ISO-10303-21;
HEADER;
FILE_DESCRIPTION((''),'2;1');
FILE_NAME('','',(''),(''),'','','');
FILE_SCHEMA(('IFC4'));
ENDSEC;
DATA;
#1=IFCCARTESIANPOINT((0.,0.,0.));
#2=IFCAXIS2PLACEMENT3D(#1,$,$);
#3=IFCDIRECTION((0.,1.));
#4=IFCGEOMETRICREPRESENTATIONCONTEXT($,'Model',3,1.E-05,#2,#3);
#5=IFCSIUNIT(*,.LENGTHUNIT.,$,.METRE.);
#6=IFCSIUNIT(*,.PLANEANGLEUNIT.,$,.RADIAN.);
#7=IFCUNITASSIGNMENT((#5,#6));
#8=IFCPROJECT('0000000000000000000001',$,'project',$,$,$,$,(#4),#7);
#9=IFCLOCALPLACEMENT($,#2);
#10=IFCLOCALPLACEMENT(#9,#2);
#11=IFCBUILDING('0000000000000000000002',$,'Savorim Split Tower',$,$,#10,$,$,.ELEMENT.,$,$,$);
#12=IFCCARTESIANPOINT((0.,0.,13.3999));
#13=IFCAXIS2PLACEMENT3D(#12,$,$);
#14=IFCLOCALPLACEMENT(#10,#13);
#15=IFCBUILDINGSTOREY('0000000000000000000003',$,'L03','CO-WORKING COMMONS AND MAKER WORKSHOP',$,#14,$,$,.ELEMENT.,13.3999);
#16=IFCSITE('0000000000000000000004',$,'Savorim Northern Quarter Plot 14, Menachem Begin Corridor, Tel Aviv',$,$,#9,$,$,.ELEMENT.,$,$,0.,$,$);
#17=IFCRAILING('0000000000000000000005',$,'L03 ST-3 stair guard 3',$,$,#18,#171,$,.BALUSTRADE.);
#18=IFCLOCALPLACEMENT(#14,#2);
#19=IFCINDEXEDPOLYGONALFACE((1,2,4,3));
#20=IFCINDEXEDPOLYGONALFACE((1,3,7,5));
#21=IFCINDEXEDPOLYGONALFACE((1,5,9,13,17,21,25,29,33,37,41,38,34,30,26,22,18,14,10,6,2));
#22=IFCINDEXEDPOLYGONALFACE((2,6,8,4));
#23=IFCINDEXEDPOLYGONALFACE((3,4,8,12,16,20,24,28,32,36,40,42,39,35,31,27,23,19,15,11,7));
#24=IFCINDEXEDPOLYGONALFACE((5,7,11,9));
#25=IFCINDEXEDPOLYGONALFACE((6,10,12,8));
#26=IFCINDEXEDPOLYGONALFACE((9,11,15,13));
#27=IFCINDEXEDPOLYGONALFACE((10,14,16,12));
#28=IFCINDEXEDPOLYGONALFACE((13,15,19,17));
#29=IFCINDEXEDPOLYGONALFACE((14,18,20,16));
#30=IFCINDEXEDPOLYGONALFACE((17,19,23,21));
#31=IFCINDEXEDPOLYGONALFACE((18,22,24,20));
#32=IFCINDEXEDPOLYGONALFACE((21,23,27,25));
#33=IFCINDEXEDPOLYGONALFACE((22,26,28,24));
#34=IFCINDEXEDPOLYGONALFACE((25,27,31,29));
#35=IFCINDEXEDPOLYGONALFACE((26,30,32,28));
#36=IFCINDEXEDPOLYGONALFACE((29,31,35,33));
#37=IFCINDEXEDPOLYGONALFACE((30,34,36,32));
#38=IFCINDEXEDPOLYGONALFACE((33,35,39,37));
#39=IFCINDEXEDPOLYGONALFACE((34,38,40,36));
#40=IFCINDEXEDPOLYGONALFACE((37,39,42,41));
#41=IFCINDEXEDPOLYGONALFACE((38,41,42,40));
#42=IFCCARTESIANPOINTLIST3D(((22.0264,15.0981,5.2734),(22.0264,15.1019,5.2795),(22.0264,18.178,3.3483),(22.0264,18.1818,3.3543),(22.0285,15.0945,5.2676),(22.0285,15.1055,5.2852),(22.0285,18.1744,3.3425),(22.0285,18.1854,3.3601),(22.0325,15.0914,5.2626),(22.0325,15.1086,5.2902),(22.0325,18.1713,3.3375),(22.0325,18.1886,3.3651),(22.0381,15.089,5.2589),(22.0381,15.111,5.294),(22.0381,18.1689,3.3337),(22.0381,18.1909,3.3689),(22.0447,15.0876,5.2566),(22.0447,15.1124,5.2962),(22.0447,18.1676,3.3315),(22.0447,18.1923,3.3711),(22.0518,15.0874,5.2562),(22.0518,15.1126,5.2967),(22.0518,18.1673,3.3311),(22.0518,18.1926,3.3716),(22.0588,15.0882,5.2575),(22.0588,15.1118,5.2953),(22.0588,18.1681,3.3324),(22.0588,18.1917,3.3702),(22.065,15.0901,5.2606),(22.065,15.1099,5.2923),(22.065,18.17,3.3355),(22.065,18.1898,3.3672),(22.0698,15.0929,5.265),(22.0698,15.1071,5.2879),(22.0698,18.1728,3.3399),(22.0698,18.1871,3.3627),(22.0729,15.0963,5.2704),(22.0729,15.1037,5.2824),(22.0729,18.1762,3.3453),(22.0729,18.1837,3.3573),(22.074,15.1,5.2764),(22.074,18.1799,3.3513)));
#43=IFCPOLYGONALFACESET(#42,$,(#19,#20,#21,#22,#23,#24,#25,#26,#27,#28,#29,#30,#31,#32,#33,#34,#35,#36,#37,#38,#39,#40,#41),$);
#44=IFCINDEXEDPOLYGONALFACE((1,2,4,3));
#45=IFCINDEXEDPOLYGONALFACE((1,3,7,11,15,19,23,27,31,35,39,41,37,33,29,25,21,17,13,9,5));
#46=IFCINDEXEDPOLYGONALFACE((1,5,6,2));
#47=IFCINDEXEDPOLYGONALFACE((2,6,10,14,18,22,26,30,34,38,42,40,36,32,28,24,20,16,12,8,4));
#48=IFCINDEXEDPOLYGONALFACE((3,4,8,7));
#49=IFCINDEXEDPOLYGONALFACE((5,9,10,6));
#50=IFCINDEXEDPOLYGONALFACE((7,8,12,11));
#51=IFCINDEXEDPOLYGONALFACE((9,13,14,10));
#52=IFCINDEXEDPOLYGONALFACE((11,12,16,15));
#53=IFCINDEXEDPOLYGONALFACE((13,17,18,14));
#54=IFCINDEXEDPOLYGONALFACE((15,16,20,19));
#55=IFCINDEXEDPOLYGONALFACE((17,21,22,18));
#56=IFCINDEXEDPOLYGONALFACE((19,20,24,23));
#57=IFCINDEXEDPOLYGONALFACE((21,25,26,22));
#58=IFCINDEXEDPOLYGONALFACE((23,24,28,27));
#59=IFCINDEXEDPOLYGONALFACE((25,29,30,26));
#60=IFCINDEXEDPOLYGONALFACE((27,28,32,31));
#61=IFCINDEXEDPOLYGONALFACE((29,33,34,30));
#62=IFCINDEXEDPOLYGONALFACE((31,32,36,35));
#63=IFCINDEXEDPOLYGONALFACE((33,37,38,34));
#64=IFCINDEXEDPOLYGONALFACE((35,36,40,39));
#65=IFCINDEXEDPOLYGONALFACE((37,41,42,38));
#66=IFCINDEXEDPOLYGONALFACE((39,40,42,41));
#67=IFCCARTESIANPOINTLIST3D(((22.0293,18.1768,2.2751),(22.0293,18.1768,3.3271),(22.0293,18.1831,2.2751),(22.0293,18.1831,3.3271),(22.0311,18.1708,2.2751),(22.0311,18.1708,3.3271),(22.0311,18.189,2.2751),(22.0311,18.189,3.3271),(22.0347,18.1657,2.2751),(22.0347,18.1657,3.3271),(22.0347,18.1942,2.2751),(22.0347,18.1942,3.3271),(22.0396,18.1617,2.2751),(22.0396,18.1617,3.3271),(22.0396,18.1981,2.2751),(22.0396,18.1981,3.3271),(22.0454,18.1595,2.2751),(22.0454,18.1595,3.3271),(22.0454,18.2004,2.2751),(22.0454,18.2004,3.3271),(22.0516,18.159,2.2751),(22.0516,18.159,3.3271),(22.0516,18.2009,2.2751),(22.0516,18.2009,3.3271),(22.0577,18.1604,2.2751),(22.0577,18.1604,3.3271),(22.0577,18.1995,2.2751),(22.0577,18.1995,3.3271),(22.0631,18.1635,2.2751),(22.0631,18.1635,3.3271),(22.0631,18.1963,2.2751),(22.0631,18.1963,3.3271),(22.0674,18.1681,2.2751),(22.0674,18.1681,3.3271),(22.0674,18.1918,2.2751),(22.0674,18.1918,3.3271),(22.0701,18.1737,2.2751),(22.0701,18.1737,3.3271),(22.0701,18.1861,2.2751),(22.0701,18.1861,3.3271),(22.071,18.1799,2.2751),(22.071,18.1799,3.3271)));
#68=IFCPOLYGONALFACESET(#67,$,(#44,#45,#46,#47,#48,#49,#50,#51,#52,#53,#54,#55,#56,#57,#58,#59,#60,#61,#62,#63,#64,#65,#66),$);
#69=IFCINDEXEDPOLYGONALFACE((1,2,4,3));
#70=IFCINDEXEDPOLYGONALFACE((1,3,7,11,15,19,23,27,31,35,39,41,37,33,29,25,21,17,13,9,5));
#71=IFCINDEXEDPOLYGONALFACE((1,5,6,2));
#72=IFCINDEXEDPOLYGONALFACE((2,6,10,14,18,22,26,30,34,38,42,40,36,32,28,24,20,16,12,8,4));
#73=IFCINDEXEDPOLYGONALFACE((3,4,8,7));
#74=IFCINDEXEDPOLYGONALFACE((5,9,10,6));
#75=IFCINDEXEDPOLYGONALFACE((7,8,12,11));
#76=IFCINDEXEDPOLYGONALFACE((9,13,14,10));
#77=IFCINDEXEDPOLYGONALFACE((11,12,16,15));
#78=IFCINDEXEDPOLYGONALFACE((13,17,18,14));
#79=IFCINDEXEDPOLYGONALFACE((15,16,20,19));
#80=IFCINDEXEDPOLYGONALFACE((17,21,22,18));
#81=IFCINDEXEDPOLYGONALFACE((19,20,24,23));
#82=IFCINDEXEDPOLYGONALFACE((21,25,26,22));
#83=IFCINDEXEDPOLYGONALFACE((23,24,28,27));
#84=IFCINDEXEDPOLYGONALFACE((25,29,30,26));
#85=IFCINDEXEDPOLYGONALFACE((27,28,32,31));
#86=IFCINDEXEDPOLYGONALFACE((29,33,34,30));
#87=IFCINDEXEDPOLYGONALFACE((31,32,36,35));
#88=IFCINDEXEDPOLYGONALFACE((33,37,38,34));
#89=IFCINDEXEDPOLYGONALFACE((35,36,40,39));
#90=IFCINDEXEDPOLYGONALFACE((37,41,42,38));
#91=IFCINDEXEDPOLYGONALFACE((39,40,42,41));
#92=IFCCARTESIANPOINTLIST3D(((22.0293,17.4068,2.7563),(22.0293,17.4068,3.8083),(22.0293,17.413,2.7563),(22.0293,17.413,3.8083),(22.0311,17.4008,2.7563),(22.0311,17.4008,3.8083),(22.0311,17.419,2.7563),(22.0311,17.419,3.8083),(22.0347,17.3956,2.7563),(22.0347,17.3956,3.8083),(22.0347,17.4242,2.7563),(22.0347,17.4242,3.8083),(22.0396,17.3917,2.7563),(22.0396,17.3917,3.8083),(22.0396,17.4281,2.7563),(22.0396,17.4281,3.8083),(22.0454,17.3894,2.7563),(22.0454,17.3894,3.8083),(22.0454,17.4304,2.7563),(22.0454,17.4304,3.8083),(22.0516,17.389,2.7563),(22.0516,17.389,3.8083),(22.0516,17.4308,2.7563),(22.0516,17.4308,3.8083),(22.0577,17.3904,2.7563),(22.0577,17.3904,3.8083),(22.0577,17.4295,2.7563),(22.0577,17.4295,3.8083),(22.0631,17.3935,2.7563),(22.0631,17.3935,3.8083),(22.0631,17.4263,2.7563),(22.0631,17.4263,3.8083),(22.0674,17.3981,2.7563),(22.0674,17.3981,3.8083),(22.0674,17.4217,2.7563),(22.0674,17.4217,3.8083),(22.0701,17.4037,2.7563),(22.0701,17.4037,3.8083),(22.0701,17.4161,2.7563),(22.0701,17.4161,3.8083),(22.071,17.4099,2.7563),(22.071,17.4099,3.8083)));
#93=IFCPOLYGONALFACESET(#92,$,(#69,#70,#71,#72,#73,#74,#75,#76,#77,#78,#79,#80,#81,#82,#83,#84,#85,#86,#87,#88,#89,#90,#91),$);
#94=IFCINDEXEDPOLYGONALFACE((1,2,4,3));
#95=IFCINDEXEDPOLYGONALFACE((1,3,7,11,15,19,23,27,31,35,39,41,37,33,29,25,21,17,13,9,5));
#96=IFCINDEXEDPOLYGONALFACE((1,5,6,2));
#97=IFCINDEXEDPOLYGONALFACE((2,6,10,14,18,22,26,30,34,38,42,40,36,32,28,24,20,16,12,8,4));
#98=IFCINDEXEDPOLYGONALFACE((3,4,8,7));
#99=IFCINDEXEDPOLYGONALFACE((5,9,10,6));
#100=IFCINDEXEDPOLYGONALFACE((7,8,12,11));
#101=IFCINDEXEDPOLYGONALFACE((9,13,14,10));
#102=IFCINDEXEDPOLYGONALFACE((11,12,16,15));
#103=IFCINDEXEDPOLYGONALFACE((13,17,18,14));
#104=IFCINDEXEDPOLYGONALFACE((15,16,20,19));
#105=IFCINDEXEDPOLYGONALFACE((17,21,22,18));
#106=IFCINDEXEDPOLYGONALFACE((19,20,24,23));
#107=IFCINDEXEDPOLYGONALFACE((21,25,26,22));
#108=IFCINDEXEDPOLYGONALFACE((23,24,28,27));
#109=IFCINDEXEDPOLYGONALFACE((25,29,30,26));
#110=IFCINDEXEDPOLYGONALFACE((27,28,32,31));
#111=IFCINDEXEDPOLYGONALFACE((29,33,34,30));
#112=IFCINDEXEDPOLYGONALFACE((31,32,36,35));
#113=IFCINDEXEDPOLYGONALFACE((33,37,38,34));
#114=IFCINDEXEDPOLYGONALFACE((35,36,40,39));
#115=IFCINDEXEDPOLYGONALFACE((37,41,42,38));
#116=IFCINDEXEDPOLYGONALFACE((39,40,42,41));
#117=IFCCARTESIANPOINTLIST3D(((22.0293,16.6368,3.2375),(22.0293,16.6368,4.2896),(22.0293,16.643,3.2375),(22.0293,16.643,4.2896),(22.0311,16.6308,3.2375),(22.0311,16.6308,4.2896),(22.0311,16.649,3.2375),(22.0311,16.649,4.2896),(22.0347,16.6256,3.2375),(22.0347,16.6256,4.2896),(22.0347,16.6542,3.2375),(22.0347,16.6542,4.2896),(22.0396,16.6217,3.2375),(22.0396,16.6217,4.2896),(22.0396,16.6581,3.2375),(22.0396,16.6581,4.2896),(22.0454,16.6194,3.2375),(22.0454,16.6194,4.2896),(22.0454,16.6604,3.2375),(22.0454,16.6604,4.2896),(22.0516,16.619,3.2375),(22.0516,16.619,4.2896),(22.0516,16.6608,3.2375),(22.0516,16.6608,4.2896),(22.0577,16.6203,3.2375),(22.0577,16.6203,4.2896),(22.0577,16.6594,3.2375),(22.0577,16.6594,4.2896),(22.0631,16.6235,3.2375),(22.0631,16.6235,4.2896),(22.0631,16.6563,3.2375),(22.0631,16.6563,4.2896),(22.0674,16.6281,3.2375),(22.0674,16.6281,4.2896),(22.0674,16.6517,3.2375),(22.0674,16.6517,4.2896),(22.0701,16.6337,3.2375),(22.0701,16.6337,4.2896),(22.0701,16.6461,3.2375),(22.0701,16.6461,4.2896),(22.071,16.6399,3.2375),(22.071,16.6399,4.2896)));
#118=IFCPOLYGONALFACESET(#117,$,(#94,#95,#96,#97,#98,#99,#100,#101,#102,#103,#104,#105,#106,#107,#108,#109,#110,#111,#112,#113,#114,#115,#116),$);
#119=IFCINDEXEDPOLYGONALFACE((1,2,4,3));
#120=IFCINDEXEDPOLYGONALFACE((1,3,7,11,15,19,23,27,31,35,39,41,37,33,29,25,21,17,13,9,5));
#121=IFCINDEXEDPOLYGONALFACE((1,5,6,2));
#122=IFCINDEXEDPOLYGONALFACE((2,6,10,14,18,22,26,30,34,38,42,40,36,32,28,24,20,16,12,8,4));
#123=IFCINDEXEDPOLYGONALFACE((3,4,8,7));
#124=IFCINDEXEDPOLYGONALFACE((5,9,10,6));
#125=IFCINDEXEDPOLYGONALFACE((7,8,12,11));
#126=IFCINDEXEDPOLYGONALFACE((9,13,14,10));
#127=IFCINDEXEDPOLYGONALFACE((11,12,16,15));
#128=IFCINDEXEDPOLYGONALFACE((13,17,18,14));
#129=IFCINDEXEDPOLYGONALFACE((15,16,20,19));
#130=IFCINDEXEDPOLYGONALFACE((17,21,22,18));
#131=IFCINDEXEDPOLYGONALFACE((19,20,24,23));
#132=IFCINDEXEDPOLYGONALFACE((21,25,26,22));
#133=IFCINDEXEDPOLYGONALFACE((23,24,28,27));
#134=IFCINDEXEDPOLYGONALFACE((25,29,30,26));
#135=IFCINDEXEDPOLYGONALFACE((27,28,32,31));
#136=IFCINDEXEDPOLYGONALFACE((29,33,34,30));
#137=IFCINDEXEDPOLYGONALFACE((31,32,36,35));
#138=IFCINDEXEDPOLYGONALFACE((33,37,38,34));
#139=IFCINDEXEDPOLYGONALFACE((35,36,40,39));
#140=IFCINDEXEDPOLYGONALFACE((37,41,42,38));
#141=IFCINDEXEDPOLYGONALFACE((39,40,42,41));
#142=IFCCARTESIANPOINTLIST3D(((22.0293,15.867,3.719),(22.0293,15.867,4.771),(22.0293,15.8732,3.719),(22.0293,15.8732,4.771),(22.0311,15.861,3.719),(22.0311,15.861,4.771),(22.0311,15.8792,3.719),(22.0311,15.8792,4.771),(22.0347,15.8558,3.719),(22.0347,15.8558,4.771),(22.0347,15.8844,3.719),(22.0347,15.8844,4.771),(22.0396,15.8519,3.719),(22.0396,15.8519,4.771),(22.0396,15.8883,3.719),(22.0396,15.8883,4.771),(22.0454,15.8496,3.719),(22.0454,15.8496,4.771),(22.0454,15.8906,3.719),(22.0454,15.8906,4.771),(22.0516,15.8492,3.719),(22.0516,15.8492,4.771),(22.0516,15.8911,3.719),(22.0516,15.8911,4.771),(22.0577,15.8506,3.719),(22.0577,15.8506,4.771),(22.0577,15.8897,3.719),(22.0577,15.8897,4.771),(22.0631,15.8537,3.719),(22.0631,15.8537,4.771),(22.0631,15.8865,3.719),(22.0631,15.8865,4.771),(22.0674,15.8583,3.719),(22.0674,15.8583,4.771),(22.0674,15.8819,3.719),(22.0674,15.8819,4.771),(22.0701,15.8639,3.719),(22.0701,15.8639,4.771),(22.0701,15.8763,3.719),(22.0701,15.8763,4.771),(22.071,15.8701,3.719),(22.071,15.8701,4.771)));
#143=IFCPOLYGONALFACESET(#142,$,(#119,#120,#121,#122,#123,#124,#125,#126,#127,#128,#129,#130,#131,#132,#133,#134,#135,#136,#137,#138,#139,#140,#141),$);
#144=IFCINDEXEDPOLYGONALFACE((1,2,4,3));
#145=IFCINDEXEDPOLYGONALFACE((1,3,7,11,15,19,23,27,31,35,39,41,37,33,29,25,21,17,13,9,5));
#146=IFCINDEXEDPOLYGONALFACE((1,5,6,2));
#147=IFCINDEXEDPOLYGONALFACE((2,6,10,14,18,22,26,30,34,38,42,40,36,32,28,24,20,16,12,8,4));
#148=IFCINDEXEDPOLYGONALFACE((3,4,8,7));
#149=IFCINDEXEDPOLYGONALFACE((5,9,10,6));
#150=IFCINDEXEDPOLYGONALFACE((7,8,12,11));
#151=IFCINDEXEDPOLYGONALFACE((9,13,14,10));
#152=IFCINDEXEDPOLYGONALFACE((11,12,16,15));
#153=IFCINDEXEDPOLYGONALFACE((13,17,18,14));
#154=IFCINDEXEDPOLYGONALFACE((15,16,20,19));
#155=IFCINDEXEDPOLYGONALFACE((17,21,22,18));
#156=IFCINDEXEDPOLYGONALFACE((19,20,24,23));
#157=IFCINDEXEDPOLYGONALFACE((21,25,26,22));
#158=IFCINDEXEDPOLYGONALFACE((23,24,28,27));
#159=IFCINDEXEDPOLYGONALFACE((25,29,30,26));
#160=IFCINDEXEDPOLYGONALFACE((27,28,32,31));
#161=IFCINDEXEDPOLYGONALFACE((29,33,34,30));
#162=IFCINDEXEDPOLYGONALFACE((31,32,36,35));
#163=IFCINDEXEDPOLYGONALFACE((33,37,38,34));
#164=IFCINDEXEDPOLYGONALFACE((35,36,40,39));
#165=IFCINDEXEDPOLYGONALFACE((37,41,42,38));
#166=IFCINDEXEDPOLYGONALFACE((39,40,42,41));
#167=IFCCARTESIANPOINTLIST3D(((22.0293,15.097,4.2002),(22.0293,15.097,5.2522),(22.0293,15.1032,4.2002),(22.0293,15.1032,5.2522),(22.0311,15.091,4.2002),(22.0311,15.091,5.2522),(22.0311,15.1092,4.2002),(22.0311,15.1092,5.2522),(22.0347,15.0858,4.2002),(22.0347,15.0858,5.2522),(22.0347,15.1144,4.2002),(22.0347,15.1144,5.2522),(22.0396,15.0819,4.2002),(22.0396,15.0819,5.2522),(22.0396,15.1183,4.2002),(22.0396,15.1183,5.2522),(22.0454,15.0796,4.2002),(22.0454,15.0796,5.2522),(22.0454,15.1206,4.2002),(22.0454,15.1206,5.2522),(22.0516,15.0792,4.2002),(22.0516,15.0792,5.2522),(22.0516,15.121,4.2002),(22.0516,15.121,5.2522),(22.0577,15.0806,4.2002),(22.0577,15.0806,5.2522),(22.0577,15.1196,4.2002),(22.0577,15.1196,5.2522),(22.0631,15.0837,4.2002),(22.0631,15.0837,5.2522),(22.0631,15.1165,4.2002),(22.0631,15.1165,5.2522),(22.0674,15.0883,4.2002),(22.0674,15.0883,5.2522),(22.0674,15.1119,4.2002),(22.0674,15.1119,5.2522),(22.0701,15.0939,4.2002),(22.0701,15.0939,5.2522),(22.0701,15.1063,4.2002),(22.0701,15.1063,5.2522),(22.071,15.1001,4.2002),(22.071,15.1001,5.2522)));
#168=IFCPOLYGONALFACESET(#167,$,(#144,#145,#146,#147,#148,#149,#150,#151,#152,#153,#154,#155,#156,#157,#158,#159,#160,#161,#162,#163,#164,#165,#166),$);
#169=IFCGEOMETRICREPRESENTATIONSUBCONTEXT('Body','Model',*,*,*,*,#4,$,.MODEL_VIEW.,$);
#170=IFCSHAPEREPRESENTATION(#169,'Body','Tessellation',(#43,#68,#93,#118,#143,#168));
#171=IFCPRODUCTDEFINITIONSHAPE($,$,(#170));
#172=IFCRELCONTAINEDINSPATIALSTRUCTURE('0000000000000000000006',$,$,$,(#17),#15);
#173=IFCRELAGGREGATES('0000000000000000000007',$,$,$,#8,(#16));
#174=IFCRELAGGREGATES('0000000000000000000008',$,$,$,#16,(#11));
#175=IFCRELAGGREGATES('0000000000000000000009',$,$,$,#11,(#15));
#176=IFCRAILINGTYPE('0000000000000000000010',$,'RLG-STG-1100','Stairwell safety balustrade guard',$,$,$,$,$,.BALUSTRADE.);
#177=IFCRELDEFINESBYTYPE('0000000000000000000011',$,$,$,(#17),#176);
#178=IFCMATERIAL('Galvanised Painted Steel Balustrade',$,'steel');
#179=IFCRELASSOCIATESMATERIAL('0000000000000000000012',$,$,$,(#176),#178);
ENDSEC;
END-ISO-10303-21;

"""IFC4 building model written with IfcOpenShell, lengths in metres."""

from ifc_helpers import new_model, si_unit, direction, frame, origin, origin_2d, place, context, subcontext, project, spatial, circle, extrude, material, type_object, element, save


model = new_model("IFC4")

# Units and contexts
model_context = context("Model", 3, precision=1e-05, world=origin(), true_north=direction((0.0, 1.0)))
body_context = subcontext(model_context, "Body", "Model", "MODEL_VIEW")
ifc_project = project(units=[si_unit("LENGTHUNIT", "METRE"), si_unit("PLANEANGLEUNIT", "RADIAN")], contexts=[model_context])

# Site, building, storey
site_placement = place(None, origin())
site = spatial("IfcSite", under=ifc_project, at=site_placement, Name="Savorim Northern Quarter Plot 14, Menachem Begin Corridor, Tel Aviv", CompositionType="ELEMENT", RefElevation=0.0)
building_placement = place(site_placement, origin())
building = spatial("IfcBuilding", under=site, at=building_placement, Name="Savorim Split Tower", CompositionType="ELEMENT")
storey_placement = place(building_placement, frame((0.0, 0.0, 13.3999)))
storey = spatial("IfcBuildingStorey", under=building, at=storey_placement, Name="L03", Description="CO-WORKING COMMONS AND MAKER WORKSHOP", CompositionType="ELEMENT", Elevation=13.3999)

# Railing
ifc_material_1 = material(Name="Galvanised Painted Steel Balustrade", Category="steel")
railing_type_1 = type_object("IfcRailingType", Name="RLG-STG-1100", Description="Stairwell safety balustrade guard", PredefinedType="BALUSTRADE", material=ifc_material_1)
railing_1_placement = place(storey_placement, frame((22.05, 18.1799, 2.2751)))
element("IfcRailing", 1, at=railing_1_placement, inside=storey, type_object=railing_type_1, Name="L03 ST-3 stair guard 3", PredefinedType="BALUSTRADE", context=body_context, shape_type="SweptSolid", body=[
    extrude(circle(Radius=0.0239, at=origin_2d()), frame((0.0, 0.0, 1.0762), z_axis=(0.0, -0.847979, 0.530029), x_axis=(1.0, 0.0, 0.0)), (0.0, 0.0, 1.0), 3.6321),
    extrude(circle(Radius=0.021, at=origin_2d()), origin(), (0.0, 0.0, 1.0), 1.052),
    extrude(circle(Radius=0.021, at=origin_2d()), frame((0.0, -0.77, 0.4812)), (0.0, 0.0, 1.0), 1.052),
    extrude(circle(Radius=0.021, at=origin_2d()), frame((0.0, -1.54, 0.9624)), (0.0, 0.0, 1.0), 1.052),
    extrude(circle(Radius=0.021, at=origin_2d()), frame((0.0, -2.3098, 1.4438)), (0.0, 0.0, 1.0), 1.052),
    extrude(circle(Radius=0.021, at=origin_2d()), frame((0.0, -3.0798, 1.925)), (0.0, 0.0, 1.0), 1.052),
])

save(model, "model.ifc")
